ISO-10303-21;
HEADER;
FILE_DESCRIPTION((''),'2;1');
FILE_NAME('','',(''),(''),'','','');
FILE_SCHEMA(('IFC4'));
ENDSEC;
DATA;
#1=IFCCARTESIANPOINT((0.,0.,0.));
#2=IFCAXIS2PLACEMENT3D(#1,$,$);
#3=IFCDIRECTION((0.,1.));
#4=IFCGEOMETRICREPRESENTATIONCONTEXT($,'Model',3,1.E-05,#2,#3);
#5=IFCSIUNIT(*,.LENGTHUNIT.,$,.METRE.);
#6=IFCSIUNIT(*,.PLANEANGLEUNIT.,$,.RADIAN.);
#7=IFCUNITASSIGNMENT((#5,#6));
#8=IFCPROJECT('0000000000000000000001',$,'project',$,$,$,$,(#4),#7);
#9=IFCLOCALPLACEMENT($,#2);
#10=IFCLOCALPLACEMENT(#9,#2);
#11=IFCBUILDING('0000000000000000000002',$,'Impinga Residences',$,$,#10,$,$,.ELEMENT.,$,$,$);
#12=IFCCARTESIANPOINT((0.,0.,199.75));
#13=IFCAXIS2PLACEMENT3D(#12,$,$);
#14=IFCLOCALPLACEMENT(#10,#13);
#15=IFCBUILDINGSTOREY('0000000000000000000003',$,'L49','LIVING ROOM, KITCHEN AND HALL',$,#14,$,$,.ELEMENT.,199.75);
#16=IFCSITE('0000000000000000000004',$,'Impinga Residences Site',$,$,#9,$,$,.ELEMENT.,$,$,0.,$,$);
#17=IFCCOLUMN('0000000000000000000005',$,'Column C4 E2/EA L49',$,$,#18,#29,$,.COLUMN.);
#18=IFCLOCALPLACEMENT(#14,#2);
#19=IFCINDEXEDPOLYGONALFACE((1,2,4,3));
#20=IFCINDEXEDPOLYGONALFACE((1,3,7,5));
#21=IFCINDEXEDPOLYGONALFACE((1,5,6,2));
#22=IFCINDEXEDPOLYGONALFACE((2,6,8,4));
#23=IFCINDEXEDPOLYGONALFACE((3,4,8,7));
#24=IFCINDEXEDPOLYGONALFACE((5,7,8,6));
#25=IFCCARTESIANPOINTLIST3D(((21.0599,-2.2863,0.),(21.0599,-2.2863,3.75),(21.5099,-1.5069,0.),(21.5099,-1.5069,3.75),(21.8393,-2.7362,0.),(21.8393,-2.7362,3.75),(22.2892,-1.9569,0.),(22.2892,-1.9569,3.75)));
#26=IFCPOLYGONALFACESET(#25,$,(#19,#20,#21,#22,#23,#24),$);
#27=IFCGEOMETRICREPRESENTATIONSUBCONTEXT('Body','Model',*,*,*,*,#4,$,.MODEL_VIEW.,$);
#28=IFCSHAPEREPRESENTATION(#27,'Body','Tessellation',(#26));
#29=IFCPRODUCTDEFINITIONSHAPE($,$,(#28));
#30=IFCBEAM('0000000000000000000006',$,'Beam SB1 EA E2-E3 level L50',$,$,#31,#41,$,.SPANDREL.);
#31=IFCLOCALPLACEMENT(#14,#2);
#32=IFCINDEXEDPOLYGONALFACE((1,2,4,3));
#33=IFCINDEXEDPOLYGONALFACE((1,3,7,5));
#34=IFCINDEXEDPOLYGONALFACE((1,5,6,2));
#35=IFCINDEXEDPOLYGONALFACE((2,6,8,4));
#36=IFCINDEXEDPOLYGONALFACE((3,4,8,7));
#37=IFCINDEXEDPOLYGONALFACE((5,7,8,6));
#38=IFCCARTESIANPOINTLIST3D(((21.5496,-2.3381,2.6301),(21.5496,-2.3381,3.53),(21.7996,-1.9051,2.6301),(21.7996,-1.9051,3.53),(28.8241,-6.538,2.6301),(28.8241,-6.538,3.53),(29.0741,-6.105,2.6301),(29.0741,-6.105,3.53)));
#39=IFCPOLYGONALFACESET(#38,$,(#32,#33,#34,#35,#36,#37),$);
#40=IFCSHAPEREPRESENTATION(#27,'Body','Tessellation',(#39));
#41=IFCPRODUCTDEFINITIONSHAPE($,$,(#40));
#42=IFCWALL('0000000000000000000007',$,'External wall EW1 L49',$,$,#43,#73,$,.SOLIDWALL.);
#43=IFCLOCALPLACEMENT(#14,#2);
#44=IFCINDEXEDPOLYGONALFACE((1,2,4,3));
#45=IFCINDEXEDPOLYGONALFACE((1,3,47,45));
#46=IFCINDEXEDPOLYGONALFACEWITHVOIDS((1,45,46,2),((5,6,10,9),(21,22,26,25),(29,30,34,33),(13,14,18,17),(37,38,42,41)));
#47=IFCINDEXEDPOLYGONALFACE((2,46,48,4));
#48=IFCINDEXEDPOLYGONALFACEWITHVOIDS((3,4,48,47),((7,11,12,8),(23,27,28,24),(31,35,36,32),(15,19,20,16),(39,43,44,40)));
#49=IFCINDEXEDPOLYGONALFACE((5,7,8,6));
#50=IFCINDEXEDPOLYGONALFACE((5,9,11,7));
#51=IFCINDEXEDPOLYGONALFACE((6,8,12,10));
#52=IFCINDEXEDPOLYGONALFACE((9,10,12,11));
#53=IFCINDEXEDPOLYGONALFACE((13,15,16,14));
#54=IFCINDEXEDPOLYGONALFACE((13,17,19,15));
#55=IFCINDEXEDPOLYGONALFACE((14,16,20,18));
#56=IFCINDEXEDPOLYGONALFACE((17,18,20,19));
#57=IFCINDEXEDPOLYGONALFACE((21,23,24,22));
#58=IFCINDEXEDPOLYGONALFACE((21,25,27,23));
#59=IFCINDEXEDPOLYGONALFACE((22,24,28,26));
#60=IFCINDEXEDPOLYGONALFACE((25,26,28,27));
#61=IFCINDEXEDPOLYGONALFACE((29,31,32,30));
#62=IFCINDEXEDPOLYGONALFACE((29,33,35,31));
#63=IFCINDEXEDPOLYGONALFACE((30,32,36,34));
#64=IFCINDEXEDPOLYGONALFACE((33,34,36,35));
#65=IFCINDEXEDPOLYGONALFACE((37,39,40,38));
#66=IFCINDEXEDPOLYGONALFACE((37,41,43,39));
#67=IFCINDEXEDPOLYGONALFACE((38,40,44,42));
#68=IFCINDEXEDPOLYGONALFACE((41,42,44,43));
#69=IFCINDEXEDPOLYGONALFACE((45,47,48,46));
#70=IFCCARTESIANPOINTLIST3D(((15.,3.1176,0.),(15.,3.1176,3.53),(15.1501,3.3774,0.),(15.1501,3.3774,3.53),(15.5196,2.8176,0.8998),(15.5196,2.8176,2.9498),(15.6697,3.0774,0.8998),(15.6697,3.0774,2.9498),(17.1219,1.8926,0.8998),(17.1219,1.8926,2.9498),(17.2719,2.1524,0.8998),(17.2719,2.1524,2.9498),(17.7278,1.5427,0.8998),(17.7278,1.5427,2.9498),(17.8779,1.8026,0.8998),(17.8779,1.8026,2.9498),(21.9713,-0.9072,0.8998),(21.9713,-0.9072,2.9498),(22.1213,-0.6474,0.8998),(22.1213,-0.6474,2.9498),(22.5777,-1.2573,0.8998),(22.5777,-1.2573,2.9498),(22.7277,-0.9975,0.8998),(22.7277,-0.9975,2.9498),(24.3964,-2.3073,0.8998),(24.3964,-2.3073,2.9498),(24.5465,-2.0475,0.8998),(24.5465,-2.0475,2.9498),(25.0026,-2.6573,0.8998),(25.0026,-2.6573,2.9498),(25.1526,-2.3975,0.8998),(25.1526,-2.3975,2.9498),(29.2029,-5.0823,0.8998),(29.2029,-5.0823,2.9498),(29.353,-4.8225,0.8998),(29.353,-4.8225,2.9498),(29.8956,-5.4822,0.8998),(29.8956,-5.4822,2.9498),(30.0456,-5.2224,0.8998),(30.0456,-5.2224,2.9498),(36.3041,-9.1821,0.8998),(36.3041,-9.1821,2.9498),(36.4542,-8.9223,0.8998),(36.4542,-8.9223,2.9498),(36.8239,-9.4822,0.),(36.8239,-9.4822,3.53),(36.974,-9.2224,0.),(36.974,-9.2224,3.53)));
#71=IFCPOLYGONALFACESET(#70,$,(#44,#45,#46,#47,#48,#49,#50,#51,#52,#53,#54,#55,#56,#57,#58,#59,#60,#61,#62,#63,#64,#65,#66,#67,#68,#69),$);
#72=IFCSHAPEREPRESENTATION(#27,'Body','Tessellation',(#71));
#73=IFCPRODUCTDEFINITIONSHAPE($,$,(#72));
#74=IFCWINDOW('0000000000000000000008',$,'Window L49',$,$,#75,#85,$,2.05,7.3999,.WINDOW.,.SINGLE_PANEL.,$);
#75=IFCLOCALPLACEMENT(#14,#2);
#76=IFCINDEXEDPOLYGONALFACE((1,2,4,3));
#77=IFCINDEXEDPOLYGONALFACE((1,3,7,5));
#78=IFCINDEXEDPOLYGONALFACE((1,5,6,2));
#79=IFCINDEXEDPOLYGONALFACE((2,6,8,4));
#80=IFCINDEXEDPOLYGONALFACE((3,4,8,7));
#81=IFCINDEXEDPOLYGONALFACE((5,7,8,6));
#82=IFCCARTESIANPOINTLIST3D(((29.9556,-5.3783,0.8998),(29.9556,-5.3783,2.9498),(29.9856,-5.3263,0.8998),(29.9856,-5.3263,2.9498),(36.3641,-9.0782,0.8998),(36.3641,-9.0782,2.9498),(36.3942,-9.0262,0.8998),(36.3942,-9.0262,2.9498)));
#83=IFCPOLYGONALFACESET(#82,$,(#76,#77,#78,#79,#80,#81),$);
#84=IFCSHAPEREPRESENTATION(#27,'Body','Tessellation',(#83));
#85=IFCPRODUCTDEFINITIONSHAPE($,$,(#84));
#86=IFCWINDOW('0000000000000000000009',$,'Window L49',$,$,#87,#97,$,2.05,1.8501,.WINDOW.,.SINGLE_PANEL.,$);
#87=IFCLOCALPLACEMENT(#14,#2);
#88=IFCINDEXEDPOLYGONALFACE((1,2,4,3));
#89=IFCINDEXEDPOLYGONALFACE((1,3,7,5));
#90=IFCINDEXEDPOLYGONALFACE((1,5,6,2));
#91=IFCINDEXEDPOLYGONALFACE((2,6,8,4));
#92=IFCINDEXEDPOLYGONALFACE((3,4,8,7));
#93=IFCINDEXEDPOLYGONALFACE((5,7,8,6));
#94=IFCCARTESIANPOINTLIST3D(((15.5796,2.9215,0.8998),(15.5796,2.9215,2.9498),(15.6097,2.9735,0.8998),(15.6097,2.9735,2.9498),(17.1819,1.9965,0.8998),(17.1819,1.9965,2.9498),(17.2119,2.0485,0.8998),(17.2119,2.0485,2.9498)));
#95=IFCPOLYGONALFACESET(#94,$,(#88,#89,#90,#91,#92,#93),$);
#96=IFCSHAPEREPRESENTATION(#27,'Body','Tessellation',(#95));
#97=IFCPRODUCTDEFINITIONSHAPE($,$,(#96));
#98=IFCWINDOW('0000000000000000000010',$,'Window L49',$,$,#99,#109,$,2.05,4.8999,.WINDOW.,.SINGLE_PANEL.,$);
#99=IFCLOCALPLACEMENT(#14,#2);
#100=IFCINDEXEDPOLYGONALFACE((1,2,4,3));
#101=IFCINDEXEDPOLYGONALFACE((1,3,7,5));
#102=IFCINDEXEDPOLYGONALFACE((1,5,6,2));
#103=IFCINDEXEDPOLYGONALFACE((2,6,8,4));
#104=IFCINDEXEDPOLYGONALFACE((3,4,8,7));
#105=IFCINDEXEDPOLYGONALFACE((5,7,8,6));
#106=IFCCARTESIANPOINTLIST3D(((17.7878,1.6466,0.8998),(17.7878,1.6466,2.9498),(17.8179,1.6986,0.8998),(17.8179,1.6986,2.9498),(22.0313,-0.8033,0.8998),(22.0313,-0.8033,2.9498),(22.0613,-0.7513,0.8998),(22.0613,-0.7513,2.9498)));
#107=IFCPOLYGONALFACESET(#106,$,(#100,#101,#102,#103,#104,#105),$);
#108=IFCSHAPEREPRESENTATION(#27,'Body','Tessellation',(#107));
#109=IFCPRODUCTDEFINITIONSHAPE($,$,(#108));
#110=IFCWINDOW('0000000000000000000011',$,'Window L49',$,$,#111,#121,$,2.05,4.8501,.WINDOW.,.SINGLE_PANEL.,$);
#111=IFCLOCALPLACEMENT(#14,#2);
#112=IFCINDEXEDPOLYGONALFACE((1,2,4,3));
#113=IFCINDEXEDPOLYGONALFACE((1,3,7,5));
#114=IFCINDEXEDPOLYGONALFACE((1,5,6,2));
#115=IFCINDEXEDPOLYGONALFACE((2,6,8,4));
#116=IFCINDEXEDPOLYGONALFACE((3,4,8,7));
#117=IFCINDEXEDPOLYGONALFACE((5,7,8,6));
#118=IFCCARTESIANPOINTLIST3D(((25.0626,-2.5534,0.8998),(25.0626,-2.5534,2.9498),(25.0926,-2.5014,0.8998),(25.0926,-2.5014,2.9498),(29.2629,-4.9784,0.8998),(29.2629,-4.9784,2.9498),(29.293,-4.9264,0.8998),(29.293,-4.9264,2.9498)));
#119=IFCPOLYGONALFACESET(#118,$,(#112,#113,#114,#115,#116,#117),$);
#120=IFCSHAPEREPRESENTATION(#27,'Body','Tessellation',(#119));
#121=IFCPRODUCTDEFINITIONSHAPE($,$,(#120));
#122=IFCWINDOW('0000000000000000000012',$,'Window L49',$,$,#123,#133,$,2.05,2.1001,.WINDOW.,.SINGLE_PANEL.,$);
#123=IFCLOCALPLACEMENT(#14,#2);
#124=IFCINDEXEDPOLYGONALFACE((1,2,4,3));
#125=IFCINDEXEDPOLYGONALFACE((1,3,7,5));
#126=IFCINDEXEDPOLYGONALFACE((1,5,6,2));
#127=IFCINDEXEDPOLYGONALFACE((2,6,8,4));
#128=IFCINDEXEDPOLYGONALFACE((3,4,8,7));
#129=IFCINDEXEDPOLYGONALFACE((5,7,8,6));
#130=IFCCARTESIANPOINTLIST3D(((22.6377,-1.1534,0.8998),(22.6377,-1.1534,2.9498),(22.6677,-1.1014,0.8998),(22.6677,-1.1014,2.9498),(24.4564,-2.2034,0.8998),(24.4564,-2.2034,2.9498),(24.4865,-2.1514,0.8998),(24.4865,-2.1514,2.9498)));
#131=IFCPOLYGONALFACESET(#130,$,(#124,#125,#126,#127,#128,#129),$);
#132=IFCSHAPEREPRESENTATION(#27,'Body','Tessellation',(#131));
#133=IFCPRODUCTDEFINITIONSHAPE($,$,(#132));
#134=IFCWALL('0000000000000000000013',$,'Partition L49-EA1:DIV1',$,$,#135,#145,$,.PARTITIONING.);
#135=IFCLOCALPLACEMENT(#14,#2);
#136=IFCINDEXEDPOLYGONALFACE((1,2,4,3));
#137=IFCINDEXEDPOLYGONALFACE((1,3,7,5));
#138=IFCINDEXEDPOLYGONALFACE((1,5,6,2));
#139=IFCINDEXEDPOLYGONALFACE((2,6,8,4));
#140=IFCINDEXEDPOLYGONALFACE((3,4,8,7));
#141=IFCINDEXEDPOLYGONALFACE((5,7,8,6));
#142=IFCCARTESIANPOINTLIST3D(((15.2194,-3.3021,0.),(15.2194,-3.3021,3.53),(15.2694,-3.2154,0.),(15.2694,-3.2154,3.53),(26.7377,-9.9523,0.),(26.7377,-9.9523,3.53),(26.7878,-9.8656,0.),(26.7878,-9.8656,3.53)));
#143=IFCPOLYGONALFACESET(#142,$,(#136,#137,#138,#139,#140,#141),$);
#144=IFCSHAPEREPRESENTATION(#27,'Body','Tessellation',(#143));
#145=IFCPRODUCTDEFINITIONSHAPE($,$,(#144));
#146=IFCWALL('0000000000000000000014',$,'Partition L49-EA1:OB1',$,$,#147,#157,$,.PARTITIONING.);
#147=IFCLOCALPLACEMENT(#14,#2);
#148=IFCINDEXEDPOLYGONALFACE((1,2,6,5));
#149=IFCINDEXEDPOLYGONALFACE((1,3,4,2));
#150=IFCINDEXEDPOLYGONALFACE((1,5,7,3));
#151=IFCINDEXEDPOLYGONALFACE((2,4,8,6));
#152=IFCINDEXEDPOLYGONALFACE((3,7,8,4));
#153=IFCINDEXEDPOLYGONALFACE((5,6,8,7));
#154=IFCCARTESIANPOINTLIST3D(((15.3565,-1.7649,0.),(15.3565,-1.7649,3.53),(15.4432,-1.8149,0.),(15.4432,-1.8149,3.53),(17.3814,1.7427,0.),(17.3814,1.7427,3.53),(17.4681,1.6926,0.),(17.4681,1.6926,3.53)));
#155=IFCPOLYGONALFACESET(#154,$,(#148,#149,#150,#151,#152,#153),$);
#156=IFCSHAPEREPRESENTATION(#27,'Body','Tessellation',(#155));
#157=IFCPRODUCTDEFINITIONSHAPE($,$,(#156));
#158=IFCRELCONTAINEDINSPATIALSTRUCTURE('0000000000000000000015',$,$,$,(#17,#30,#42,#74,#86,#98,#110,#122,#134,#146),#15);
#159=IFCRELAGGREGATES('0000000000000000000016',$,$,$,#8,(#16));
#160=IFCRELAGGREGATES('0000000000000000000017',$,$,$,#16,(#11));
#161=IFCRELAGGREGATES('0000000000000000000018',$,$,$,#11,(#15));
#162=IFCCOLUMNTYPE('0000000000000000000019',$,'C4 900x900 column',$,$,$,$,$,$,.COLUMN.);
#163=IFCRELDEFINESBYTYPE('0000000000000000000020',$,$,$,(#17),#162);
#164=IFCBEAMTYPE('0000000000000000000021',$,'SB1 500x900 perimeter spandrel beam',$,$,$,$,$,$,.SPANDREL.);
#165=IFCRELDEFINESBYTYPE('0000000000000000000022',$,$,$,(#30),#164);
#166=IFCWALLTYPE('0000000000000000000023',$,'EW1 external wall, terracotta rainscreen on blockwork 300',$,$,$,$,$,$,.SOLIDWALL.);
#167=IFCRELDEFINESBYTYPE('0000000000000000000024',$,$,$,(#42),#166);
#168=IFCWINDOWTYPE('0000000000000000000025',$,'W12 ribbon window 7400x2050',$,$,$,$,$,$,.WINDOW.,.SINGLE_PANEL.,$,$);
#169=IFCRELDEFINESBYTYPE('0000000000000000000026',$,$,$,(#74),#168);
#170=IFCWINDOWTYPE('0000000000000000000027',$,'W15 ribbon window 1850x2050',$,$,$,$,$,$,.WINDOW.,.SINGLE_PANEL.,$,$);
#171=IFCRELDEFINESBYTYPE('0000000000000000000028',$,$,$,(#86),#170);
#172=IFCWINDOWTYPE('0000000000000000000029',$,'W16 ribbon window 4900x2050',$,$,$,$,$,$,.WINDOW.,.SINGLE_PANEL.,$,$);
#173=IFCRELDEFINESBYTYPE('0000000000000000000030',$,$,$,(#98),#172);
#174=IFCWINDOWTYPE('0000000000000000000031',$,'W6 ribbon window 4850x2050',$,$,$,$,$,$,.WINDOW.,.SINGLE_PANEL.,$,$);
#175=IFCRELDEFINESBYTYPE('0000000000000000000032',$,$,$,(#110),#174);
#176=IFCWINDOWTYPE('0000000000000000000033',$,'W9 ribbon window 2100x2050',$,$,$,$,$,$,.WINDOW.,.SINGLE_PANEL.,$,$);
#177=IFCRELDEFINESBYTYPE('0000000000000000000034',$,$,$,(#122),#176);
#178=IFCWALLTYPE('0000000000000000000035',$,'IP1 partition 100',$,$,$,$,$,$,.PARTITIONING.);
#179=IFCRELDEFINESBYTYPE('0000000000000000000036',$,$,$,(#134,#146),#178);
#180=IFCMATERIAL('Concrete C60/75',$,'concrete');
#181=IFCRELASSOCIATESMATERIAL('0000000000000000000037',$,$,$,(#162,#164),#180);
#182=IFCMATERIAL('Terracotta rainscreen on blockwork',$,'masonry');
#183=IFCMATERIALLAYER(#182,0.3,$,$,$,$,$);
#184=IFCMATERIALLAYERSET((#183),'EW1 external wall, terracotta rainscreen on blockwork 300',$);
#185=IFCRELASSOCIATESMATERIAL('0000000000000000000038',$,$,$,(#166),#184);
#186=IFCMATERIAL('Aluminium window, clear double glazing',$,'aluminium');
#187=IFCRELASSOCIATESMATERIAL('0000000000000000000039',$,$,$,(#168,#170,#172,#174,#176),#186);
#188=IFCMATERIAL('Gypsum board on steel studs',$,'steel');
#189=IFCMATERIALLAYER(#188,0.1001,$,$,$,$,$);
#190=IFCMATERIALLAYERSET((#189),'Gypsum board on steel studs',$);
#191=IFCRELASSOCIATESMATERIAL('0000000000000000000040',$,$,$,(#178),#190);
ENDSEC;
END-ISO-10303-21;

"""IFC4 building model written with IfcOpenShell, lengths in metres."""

from ifc_helpers import new_model, si_unit, direction, frame, frame_2d, origin, origin_2d, place, context, subcontext, project, spatial, rectangle, extrude, material, layer, layer_set, material_profile, profile_set, type_object, element, fill, save


model = new_model("IFC4")

# Units and contexts
model_context = context("Model", 3, precision=1e-05, world=origin(), true_north=direction((0.0, 1.0)))
body_context = subcontext(model_context, "Body", "Model", "MODEL_VIEW")
ifc_project = project(units=[si_unit("LENGTHUNIT", "METRE"), si_unit("PLANEANGLEUNIT", "RADIAN")], contexts=[model_context])

# Site, building, storey
site_placement = place(None, origin())
site = spatial("IfcSite", under=ifc_project, at=site_placement, Name="Impinga Residences Site", CompositionType="ELEMENT", RefElevation=0.0)
building_placement = place(site_placement, origin())
building = spatial("IfcBuilding", under=site, at=building_placement, Name="Impinga Residences", CompositionType="ELEMENT")
storey_placement = place(building_placement, frame((0.0, 0.0, 199.75)))
storey = spatial("IfcBuildingStorey", under=building, at=storey_placement, Name="L49", Description="LIVING ROOM, KITCHEN AND HALL", CompositionType="ELEMENT", Elevation=199.75)

# Column
ifc_material_1 = material(Name="Concrete C60/75", Category="concrete")
ifc_material_profile_1 = material_profile(ifc_material_1, rectangle(XDim=0.8999, YDim=0.8999, at=origin_2d()), Name="RC 900x900")
ifc_profile_set_1 = profile_set([ifc_material_profile_1], Name="Concrete C60/75")
column_type = type_object("IfcColumnType", Name="C4 900x900 column", PredefinedType="COLUMN", material=ifc_profile_set_1)
column_placement = place(storey_placement, frame((21.6746, -2.1216, 0.0), z_axis=(0.0, 0.0, 1.0), x_axis=(-0.5, -0.866025, 0.0)))
element("IfcColumn", 1, at=column_placement, inside=storey, type_object=column_type, Name="Column C4 E2/EA L49", PredefinedType="COLUMN", context=body_context, shape_type="SweptSolid", body=[
    extrude(rectangle(XDim=0.8999, YDim=0.8999, at=origin_2d()), origin(), (0.0, 0.0, 1.0), 3.75),
])

# Beam
ifc_material_profile_2 = material_profile(ifc_material_1, rectangle(XDim=0.5, YDim=0.8999, at=origin_2d()), Name="RC 500x900")
ifc_profile_set_2 = profile_set([ifc_material_profile_2], Name="Concrete C60/75")
beam_type = type_object("IfcBeamType", Name="SB1 500x900 perimeter spandrel beam", PredefinedType="SPANDREL", material=ifc_profile_set_2)
beam_placement = place(storey_placement, frame((21.6746, -2.1216, 3.0801), z_axis=(0.866029, -0.499993, 0.0), x_axis=(0.499993, 0.866029, 0.0)))
element("IfcBeam", 2, at=beam_placement, inside=storey, type_object=beam_type, Name="Beam SB1 EA E2-E3 level L50", PredefinedType="SPANDREL", context=body_context, shape_type="SweptSolid", body=[
    extrude(rectangle(XDim=0.5, YDim=0.8999, at=origin_2d()), origin(), (0.0, 0.0, 1.0), 8.3999),
])

# Wall, openings, windows
ifc_material_2 = material(Name="Terracotta rainscreen on blockwork", Category="masonry")
ifc_layer_1 = layer(ifc_material_2, 0.3)
ifc_layer_set_1 = layer_set([ifc_layer_1], Name="EW1 external wall, terracotta rainscreen on blockwork 300")
wall_type_1 = type_object("IfcWallType", Name="EW1 external wall, terracotta rainscreen on blockwork 300", PredefinedType="SOLIDWALL", material=ifc_layer_set_1)
wall_1_placement = place(storey_placement, frame((15.075, 3.2476, 0.0), z_axis=(0.0, 0.0, 1.0), x_axis=(0.866029, -0.499993, 0.0)))
wall_1 = element("IfcWall", 3, at=wall_1_placement, inside=storey, type_object=wall_type_1, Name="External wall EW1 L49", PredefinedType="SOLIDWALL", context=body_context, shape_type="SweptSolid", body=[
    extrude(rectangle(XDim=25.2, YDim=0.3, at=frame_2d((12.6001, 0.0))), origin(), (0.0, 0.0, 1.0), 3.53),
])
opening_1_placement = place(wall_1_placement, frame((0.6001, 0.0, 0.8999)))
opening_1 = element("IfcOpeningElement", 4, at=opening_1_placement, cuts=wall_1, PredefinedType="OPENING", context=body_context, shape_type="SweptSolid", body=[
    extrude(rectangle(XDim=1.8501, YDim=2.05, at=frame_2d((0.925, 1.0249))), frame((0.0, 0.1599, 0.0), z_axis=(0.0, -1.0, 0.0), x_axis=(1.0, 0.0, 0.0)), (0.0, 0.0, 1.0), 0.3201),
])
opening_2_placement = place(wall_1_placement, frame((3.1499, 0.0, 0.8999)))
opening_2 = element("IfcOpeningElement", 5, at=opening_2_placement, cuts=wall_1, PredefinedType="OPENING", context=body_context, shape_type="SweptSolid", body=[
    extrude(rectangle(XDim=4.8999, YDim=2.05, at=frame_2d((2.45, 1.0249))), frame((0.0, 0.1599, 0.0), z_axis=(0.0, -1.0, 0.0), x_axis=(1.0, 0.0, 0.0)), (0.0, 0.0, 1.0), 0.3201),
])
opening_3_placement = place(wall_1_placement, frame((8.75, 0.0, 0.8999)))
opening_3 = element("IfcOpeningElement", 6, at=opening_3_placement, cuts=wall_1, PredefinedType="OPENING", context=body_context, shape_type="SweptSolid", body=[
    extrude(rectangle(XDim=2.1001, YDim=2.05, at=frame_2d((1.05, 1.0249))), frame((0.0, 0.1599, 0.0), z_axis=(0.0, -1.0, 0.0), x_axis=(1.0, 0.0, 0.0)), (0.0, 0.0, 1.0), 0.3201),
])
opening_4_placement = place(wall_1_placement, frame((11.55, 0.0, 0.8999)))
opening_4 = element("IfcOpeningElement", 7, at=opening_4_placement, cuts=wall_1, PredefinedType="OPENING", context=body_context, shape_type="SweptSolid", body=[
    extrude(rectangle(XDim=4.8501, YDim=2.05, at=frame_2d((2.425, 1.0249))), frame((0.0, 0.1599, 0.0), z_axis=(0.0, -1.0, 0.0), x_axis=(1.0, 0.0, 0.0)), (0.0, 0.0, 1.0), 0.3201),
])
opening_5_placement = place(wall_1_placement, frame((17.2, 0.0, 0.8999)))
opening_5 = element("IfcOpeningElement", 8, at=opening_5_placement, cuts=wall_1, PredefinedType="OPENING", context=body_context, shape_type="SweptSolid", body=[
    extrude(rectangle(XDim=7.3999, YDim=2.05, at=frame_2d((3.7, 1.0249))), frame((0.0, 0.1599, 0.0), z_axis=(0.0, -1.0, 0.0), x_axis=(1.0, 0.0, 0.0)), (0.0, 0.0, 1.0), 0.3201),
])
ifc_material_3 = material(Name="Aluminium window, clear double glazing", Category="aluminium")
window_type_1 = type_object("IfcWindowType", Name="W12 ribbon window 7400x2050", PartitioningType="SINGLE_PANEL", PredefinedType="WINDOW", material=ifc_material_3)
window_1_placement = place(opening_5_placement, origin())
window_1 = element("IfcWindow", 9, at=window_1_placement, inside=storey, type_object=window_type_1, Name="Window L49", OverallHeight=2.05, OverallWidth=7.3999, PartitioningType="SINGLE_PANEL", PredefinedType="WINDOW", context=body_context, shape_type="SweptSolid", body=[
    extrude(rectangle(XDim=7.3999, YDim=2.05, at=frame_2d((3.7, 1.0249))), frame((0.0, 0.03, 0.0), z_axis=(0.0, -1.0, 0.0), x_axis=(1.0, 0.0, 0.0)), (0.0, 0.0, 1.0), 0.0601),
])
fill(opening_5, window_1)
window_type_2 = type_object("IfcWindowType", Name="W15 ribbon window 1850x2050", PartitioningType="SINGLE_PANEL", PredefinedType="WINDOW", material=ifc_material_3)
window_2_placement = place(opening_1_placement, origin())
window_2 = element("IfcWindow", 10, at=window_2_placement, inside=storey, type_object=window_type_2, Name="Window L49", OverallHeight=2.05, OverallWidth=1.8501, PartitioningType="SINGLE_PANEL", PredefinedType="WINDOW", context=body_context, shape_type="SweptSolid", body=[
    extrude(rectangle(XDim=1.8501, YDim=2.05, at=frame_2d((0.925, 1.0249))), frame((0.0, 0.03, 0.0), z_axis=(0.0, -1.0, 0.0), x_axis=(1.0, 0.0, 0.0)), (0.0, 0.0, 1.0), 0.0601),
])
fill(opening_1, window_2)
window_type_3 = type_object("IfcWindowType", Name="W16 ribbon window 4900x2050", PartitioningType="SINGLE_PANEL", PredefinedType="WINDOW", material=ifc_material_3)
window_3_placement = place(opening_2_placement, origin())
window_3 = element("IfcWindow", 11, at=window_3_placement, inside=storey, type_object=window_type_3, Name="Window L49", OverallHeight=2.05, OverallWidth=4.8999, PartitioningType="SINGLE_PANEL", PredefinedType="WINDOW", context=body_context, shape_type="SweptSolid", body=[
    extrude(rectangle(XDim=4.8999, YDim=2.05, at=frame_2d((2.45, 1.0249))), frame((0.0, 0.03, 0.0), z_axis=(0.0, -1.0, 0.0), x_axis=(1.0, 0.0, 0.0)), (0.0, 0.0, 1.0), 0.0601),
])
fill(opening_2, window_3)
window_type_4 = type_object("IfcWindowType", Name="W6 ribbon window 4850x2050", PartitioningType="SINGLE_PANEL", PredefinedType="WINDOW", material=ifc_material_3)
window_4_placement = place(opening_4_placement, origin())
window_4 = element("IfcWindow", 12, at=window_4_placement, inside=storey, type_object=window_type_4, Name="Window L49", OverallHeight=2.05, OverallWidth=4.8501, PartitioningType="SINGLE_PANEL", PredefinedType="WINDOW", context=body_context, shape_type="SweptSolid", body=[
    extrude(rectangle(XDim=4.8501, YDim=2.05, at=frame_2d((2.425, 1.0249))), frame((0.0, 0.03, 0.0), z_axis=(0.0, -1.0, 0.0), x_axis=(1.0, 0.0, 0.0)), (0.0, 0.0, 1.0), 0.0601),
])
fill(opening_4, window_4)
window_type_5 = type_object("IfcWindowType", Name="W9 ribbon window 2100x2050", PartitioningType="SINGLE_PANEL", PredefinedType="WINDOW", material=ifc_material_3)
window_5_placement = place(opening_3_placement, origin())
window_5 = element("IfcWindow", 13, at=window_5_placement, inside=storey, type_object=window_type_5, Name="Window L49", OverallHeight=2.05, OverallWidth=2.1001, PartitioningType="SINGLE_PANEL", PredefinedType="WINDOW", context=body_context, shape_type="SweptSolid", body=[
    extrude(rectangle(XDim=2.1001, YDim=2.05, at=frame_2d((1.05, 1.0249))), frame((0.0, 0.03, 0.0), z_axis=(0.0, -1.0, 0.0), x_axis=(1.0, 0.0, 0.0)), (0.0, 0.0, 1.0), 0.0601),
])
fill(opening_3, window_5)

# Walls
ifc_material_4 = material(Name="Gypsum board on steel studs", Category="steel")
ifc_layer_2 = layer(ifc_material_4, 0.1001)
ifc_layer_set_2 = layer_set([ifc_layer_2], Name="Gypsum board on steel studs")
wall_type_2 = type_object("IfcWallType", Name="IP1 partition 100", PredefinedType="PARTITIONING", material=ifc_layer_set_2)
wall_2_placement = place(storey_placement, frame((15.2444, -3.2588, 0.0), z_axis=(0.0, 0.0, 1.0), x_axis=(0.866024, -0.500003, 0.0)))
element("IfcWall", 14, at=wall_2_placement, inside=storey, type_object=wall_type_2, Name="Partition L49-EA1:DIV1", PredefinedType="PARTITIONING", context=body_context, shape_type="SweptSolid", body=[
    extrude(rectangle(XDim=13.3003, YDim=0.1001, at=frame_2d((6.6501, 0.0))), origin(), (0.0, 0.0, 1.0), 3.53),
])
wall_3_placement = place(storey_placement, frame((15.3999, -1.7898, 0.0), z_axis=(0.0, 0.0, 1.0), x_axis=(0.499964, 0.866046, 0.0)))
element("IfcWall", 15, at=wall_3_placement, inside=storey, type_object=wall_type_2, Name="Partition L49-EA1:OB1", PredefinedType="PARTITIONING", context=body_context, shape_type="SweptSolid", body=[
    extrude(rectangle(XDim=4.05, YDim=0.1001, at=frame_2d((2.0249, 0.0))), origin(), (0.0, 0.0, 1.0), 3.53),
])

save(model, "model.ifc")
